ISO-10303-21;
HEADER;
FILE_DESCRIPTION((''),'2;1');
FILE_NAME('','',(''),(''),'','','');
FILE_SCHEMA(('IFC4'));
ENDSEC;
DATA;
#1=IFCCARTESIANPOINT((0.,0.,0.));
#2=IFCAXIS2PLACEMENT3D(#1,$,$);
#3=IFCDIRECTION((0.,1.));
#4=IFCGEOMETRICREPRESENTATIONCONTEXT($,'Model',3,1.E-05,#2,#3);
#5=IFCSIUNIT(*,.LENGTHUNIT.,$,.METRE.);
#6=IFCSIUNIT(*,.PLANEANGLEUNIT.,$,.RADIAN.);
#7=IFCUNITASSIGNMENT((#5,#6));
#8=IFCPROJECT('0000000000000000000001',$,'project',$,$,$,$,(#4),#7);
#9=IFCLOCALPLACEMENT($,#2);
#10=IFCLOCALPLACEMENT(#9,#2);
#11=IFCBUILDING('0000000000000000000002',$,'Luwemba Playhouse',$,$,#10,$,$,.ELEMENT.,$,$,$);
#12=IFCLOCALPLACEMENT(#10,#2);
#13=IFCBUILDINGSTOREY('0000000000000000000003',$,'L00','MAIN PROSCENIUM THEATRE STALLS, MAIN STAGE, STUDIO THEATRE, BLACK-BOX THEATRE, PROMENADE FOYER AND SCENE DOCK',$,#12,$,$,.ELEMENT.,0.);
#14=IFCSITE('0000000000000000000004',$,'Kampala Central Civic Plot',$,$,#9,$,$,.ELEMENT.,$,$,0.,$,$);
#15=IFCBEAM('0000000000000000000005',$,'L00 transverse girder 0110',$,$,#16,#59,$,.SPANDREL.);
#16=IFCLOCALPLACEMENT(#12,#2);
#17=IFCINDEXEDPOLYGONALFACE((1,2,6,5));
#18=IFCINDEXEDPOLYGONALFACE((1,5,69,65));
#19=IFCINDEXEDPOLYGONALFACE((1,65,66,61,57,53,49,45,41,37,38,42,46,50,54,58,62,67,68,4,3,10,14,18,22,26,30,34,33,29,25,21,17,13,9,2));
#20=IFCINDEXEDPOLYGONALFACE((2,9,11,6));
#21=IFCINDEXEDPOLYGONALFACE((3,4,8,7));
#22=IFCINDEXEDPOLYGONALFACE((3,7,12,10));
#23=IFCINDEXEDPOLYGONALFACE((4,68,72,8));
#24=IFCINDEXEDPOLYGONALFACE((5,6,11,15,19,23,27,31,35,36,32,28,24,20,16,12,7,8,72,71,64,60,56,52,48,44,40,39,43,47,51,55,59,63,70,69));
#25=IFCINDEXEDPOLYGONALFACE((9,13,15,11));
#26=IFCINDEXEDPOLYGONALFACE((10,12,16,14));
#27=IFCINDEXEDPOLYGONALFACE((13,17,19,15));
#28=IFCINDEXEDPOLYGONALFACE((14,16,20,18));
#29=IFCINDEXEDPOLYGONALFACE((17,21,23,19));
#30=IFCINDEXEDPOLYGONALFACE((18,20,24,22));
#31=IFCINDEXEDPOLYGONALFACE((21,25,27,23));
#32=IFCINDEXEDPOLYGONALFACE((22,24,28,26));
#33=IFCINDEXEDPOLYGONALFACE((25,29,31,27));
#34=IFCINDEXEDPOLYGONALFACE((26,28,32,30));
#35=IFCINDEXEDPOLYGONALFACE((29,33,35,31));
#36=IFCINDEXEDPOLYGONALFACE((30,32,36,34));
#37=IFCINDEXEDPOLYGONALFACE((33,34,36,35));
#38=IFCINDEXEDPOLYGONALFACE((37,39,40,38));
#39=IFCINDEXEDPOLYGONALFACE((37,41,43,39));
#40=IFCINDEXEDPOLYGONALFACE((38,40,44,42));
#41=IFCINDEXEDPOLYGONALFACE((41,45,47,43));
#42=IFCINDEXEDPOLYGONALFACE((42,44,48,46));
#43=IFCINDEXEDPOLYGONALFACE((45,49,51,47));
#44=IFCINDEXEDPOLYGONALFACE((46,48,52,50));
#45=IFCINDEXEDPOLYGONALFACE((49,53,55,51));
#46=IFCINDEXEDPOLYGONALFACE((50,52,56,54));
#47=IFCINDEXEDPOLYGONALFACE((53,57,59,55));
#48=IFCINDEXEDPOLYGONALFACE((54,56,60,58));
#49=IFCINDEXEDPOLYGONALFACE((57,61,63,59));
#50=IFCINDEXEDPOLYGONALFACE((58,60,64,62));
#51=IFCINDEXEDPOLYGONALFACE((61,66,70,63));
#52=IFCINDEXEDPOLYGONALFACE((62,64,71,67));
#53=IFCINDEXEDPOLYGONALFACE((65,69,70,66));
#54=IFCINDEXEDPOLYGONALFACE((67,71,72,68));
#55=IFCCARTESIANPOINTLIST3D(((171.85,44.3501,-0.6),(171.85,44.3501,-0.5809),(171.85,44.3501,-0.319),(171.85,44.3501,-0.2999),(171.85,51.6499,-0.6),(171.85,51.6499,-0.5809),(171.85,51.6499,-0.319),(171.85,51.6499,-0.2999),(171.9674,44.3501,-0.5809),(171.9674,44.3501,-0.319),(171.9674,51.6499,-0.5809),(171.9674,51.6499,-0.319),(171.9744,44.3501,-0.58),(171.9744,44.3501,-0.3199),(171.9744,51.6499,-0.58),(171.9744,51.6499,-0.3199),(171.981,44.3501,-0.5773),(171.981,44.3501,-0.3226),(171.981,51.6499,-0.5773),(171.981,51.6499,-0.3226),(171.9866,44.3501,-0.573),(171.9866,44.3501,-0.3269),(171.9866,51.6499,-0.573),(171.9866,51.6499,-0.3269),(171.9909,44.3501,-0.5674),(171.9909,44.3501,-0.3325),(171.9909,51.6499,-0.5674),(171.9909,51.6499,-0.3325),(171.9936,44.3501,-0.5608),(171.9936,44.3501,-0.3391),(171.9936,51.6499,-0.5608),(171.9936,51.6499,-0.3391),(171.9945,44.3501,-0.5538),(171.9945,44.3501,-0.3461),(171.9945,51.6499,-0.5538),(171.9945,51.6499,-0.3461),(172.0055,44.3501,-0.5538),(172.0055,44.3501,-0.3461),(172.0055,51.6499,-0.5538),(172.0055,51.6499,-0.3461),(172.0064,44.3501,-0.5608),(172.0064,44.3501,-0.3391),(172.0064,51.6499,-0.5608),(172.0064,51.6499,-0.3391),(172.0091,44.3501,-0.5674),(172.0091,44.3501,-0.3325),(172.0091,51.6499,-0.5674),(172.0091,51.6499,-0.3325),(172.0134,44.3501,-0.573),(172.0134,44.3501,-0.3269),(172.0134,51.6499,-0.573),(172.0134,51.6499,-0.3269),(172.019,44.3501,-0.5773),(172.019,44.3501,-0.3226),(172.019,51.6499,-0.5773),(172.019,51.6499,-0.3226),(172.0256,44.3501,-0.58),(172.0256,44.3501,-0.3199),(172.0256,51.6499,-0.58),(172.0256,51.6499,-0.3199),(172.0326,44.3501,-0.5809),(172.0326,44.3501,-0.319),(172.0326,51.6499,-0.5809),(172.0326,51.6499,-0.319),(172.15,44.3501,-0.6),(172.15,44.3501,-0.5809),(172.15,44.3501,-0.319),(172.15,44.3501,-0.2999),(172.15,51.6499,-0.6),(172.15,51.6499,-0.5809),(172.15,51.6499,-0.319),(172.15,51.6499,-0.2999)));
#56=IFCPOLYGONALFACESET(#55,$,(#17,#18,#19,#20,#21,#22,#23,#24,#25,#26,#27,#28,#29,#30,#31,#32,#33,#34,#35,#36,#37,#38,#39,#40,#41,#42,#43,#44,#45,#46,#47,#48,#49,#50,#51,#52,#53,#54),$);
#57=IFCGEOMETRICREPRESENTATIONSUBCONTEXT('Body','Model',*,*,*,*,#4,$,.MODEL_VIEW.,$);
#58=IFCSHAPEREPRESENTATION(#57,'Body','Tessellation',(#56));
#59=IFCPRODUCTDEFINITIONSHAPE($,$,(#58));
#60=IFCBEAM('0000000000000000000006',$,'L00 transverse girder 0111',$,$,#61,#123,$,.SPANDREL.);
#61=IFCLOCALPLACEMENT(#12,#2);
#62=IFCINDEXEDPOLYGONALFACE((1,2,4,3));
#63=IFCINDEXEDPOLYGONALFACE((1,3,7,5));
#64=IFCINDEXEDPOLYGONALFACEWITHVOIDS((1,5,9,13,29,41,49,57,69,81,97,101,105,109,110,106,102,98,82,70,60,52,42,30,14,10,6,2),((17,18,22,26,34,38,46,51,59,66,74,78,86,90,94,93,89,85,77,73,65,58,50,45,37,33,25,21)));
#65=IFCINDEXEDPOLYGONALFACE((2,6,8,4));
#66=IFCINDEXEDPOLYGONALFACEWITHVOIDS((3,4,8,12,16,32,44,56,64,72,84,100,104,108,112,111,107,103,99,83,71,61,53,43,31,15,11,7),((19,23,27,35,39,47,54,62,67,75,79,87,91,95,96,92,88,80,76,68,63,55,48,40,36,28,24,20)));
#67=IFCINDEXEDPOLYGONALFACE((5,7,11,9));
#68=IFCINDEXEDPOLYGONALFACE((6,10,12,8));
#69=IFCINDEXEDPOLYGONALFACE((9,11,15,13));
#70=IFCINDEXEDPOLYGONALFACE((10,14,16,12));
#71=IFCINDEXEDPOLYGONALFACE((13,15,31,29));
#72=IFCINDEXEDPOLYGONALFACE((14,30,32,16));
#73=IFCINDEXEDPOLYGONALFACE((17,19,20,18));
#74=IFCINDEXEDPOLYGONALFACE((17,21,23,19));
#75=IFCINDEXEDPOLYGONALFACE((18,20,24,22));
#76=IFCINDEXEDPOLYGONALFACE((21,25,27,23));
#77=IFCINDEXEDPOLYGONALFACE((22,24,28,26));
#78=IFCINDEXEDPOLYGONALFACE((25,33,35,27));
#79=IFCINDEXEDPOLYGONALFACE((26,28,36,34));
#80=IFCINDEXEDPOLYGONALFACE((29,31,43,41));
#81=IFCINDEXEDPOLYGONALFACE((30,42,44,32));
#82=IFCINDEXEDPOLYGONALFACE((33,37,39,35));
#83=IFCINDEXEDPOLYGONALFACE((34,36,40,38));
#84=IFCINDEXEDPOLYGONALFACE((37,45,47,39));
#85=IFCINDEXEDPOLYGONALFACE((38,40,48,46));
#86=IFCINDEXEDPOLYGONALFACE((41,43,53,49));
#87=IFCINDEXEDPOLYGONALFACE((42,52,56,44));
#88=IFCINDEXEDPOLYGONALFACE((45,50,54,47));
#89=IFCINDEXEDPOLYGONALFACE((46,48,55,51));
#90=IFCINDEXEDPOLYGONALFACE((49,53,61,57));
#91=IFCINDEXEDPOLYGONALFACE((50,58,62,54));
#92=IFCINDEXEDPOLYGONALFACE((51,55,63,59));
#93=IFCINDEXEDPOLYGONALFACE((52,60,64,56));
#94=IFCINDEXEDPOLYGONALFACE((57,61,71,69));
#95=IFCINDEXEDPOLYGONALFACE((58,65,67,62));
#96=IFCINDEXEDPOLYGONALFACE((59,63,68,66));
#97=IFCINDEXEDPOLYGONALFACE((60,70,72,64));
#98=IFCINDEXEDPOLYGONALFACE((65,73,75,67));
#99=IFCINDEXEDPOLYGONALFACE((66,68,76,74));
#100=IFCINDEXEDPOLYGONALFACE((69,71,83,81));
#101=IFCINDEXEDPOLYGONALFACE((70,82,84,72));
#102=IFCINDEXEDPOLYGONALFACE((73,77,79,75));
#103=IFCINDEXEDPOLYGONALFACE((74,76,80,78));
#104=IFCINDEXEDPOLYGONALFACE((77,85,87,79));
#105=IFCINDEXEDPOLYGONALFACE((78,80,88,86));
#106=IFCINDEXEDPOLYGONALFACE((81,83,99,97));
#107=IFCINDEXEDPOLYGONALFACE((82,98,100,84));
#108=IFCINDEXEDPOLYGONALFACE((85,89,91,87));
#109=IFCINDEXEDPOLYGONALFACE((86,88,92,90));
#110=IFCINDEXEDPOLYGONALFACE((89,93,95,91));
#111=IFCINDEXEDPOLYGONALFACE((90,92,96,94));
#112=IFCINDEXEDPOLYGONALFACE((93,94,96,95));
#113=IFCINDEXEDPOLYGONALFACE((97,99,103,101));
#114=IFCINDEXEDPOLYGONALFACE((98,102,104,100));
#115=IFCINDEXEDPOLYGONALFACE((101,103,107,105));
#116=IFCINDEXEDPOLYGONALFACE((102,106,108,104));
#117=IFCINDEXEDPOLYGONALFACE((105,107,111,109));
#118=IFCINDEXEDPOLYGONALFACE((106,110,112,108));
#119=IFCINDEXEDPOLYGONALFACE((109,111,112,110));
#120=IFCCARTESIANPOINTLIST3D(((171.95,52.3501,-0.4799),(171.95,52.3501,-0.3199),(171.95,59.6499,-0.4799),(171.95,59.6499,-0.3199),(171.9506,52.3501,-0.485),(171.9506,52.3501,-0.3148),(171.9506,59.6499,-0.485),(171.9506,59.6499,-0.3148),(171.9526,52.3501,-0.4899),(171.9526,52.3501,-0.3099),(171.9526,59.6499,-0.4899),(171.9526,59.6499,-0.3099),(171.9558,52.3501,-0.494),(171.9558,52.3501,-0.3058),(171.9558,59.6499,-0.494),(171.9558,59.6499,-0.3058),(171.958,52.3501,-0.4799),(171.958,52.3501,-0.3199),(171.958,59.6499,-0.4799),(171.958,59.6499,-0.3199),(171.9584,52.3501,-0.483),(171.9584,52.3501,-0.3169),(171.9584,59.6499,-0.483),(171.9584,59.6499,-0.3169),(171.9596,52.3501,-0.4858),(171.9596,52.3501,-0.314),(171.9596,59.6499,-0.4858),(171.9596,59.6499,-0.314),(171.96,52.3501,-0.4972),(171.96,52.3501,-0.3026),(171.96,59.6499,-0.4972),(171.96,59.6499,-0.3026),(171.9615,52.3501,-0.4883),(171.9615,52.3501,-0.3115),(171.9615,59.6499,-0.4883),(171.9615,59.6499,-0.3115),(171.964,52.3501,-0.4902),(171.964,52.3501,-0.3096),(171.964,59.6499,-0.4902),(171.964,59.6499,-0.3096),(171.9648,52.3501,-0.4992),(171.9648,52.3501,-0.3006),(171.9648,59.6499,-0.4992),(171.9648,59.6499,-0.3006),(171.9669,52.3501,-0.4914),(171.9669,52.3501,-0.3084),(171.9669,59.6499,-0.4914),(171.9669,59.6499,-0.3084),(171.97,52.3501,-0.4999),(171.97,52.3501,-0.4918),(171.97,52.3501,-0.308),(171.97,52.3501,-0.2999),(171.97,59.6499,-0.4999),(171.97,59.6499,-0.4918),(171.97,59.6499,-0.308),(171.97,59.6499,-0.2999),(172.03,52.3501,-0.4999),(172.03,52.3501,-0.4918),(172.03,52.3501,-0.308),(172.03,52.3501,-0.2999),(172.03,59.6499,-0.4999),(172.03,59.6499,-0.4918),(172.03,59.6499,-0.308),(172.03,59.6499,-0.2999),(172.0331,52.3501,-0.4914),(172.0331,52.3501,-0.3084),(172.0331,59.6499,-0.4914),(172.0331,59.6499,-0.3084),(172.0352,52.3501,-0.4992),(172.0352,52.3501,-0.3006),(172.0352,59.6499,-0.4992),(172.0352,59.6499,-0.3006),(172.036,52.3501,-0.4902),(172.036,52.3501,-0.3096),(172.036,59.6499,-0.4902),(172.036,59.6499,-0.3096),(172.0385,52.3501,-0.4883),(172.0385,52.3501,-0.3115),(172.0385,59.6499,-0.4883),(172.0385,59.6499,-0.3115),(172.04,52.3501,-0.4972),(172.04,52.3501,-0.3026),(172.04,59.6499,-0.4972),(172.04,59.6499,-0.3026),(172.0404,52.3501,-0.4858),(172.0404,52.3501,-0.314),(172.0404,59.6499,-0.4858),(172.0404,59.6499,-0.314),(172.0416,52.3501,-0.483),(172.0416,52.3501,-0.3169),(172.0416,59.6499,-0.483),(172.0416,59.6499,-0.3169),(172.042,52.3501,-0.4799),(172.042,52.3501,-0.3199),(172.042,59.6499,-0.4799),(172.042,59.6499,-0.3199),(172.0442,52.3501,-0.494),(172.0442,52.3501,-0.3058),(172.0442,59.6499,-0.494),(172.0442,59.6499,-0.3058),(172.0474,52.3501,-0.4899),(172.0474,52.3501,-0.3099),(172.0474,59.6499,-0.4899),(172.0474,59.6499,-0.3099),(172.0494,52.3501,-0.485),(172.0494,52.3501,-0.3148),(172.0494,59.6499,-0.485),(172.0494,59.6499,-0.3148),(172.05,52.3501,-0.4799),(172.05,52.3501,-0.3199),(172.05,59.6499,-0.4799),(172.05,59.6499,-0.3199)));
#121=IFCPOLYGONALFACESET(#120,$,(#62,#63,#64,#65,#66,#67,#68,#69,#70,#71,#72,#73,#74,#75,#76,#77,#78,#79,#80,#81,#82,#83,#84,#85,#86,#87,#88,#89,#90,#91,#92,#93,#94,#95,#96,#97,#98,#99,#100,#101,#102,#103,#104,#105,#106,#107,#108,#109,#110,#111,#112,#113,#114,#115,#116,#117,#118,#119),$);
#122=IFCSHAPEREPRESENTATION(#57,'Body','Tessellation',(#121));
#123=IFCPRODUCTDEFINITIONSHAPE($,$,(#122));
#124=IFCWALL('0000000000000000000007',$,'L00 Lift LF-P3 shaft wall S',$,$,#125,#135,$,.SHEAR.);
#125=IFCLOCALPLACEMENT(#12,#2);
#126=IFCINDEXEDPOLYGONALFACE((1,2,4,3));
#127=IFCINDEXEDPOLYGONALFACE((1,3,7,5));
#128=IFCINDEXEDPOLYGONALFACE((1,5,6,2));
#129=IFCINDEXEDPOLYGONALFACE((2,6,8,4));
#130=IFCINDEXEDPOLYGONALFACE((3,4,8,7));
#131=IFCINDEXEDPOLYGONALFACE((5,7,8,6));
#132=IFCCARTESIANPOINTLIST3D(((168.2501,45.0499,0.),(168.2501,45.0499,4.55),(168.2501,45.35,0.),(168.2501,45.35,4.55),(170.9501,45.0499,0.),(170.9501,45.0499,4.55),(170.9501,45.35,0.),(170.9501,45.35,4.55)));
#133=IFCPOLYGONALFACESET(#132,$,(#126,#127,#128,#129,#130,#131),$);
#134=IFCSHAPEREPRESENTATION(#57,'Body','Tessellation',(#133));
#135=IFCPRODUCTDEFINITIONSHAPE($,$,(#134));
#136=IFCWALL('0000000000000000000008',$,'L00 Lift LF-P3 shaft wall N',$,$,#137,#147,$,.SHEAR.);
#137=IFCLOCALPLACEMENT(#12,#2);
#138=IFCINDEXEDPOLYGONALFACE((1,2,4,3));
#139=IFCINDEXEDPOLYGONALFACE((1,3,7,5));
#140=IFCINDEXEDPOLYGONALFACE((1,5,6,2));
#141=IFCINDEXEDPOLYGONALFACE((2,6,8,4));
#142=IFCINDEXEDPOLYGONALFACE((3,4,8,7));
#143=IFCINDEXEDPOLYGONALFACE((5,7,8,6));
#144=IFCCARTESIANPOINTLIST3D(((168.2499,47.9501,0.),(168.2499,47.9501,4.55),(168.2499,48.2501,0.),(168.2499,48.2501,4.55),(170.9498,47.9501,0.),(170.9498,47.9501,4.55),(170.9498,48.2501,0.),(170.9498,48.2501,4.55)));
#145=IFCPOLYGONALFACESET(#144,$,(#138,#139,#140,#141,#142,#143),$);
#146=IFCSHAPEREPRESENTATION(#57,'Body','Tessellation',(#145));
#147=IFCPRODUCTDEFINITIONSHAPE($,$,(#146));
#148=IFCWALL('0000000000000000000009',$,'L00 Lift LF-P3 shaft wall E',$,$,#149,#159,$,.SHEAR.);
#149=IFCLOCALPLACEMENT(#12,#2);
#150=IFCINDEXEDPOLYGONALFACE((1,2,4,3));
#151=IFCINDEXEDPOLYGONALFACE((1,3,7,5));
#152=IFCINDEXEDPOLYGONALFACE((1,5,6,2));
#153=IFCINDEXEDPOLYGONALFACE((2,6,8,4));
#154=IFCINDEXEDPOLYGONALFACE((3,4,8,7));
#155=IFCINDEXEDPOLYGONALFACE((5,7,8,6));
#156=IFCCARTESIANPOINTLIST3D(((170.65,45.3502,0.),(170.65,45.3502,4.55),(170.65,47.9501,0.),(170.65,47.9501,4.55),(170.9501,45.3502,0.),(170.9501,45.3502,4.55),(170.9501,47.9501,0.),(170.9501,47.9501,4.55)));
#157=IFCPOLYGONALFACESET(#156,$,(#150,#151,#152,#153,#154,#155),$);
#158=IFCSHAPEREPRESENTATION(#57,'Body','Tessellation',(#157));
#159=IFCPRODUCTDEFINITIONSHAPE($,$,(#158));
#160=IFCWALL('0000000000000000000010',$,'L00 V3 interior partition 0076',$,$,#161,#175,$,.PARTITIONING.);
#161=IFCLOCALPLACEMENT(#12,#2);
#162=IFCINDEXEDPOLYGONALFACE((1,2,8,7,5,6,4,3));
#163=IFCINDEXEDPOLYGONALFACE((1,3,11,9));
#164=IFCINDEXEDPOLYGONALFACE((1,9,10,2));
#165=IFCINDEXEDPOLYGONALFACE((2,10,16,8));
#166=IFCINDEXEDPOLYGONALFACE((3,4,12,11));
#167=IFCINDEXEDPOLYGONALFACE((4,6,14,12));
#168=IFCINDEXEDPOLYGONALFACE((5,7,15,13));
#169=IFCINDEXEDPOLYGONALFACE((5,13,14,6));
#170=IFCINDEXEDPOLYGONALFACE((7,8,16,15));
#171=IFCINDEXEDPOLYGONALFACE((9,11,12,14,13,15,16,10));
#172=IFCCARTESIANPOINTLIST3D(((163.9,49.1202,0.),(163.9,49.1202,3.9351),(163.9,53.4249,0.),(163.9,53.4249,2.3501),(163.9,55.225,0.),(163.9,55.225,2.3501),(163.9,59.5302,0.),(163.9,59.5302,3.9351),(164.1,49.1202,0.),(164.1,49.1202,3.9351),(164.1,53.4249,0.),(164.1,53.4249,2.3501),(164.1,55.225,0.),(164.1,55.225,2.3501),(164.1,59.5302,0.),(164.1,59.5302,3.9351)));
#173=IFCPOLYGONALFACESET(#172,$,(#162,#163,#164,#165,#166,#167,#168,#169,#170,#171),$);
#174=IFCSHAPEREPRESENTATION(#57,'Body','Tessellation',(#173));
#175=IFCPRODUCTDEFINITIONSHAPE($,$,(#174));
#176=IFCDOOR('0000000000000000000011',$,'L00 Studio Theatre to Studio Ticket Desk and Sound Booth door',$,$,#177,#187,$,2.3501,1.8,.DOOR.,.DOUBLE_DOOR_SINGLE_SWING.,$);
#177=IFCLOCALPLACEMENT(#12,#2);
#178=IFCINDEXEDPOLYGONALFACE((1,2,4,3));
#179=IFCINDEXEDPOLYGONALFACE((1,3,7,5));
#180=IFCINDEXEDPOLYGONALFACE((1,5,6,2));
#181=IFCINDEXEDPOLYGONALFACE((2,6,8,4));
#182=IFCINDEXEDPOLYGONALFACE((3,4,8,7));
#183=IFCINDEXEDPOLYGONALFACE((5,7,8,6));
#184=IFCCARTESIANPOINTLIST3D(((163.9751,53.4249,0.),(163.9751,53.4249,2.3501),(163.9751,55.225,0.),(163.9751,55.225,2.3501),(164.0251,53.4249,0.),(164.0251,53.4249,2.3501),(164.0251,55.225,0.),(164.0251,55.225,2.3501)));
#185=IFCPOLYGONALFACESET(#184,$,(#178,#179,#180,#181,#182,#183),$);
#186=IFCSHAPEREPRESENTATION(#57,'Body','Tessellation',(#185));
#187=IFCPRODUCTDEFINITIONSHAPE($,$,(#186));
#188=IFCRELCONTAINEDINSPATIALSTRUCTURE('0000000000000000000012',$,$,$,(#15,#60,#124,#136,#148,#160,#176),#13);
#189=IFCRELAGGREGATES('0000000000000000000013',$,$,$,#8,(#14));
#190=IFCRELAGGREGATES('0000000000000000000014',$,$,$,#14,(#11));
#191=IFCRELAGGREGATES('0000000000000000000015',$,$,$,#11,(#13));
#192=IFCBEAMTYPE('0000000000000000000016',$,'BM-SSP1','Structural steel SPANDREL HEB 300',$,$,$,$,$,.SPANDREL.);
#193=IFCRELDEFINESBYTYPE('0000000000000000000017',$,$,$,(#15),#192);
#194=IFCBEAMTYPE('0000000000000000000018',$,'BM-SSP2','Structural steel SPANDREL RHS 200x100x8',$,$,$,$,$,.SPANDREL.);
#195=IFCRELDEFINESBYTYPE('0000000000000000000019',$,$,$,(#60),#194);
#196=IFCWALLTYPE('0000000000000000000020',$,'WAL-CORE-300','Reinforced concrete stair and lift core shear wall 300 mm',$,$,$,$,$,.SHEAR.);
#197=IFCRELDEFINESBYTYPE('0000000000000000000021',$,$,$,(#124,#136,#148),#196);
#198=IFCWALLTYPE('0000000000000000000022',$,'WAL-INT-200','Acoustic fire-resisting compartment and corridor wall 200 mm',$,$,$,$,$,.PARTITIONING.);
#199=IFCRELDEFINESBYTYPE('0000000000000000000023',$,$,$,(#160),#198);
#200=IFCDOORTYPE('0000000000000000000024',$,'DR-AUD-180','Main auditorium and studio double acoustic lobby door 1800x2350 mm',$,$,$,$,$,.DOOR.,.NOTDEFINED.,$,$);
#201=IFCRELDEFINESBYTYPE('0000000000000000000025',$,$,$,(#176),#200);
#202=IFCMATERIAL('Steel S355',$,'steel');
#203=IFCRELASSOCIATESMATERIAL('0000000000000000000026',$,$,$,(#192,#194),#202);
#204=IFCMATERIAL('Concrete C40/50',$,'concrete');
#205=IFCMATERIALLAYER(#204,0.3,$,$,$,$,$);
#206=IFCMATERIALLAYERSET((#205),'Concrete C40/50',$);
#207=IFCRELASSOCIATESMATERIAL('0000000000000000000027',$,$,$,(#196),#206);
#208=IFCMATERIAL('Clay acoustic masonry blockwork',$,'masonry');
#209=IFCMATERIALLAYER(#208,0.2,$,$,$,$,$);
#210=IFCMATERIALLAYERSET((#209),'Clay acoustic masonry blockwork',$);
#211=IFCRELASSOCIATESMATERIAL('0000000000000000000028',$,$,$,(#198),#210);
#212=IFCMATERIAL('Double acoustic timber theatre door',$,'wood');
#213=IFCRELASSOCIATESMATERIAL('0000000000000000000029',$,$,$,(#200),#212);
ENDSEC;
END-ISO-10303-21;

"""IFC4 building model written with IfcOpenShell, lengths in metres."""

from ifc_helpers import new_model, si_unit, direction, frame, frame_2d, origin, origin_2d, place, context, subcontext, project, spatial, rectangle, hollow_rectangle, i_section, extrude, material, layer, layer_set, material_profile, profile_set, type_object, element, fill, save


model = new_model("IFC4")

# Units and contexts
model_context = context("Model", 3, precision=1e-05, world=origin(), true_north=direction((0.0, 1.0)))
body_context = subcontext(model_context, "Body", "Model", "MODEL_VIEW")
ifc_project = project(units=[si_unit("LENGTHUNIT", "METRE"), si_unit("PLANEANGLEUNIT", "RADIAN")], contexts=[model_context])

# Site, building, storey
site_placement = place(None, origin())
site = spatial("IfcSite", under=ifc_project, at=site_placement, Name="Kampala Central Civic Plot", CompositionType="ELEMENT", RefElevation=0.0)
building_placement = place(site_placement, origin())
building = spatial("IfcBuilding", under=site, at=building_placement, Name="Luwemba Playhouse", CompositionType="ELEMENT")
storey_placement = place(building_placement, origin())
storey = spatial("IfcBuildingStorey", under=building, at=storey_placement, Name="L00", Description="MAIN PROSCENIUM THEATRE STALLS, MAIN STAGE, STUDIO THEATRE, BLACK-BOX THEATRE, PROMENADE FOYER AND SCENE DOCK", CompositionType="ELEMENT", Elevation=0.0)

# Shared definitions
ifc_material_1 = material(Name="Concrete C40/50", Category="concrete")

# Beams
ifc_material_2 = material(Name="Steel S355", Category="steel")
ifc_material_profile_1 = material_profile(ifc_material_2, i_section(OverallWidth=0.3, OverallDepth=0.3, WebThickness=0.011, FlangeThickness=0.019, FilletRadius=0.0271, at=origin_2d()))
ifc_profile_set_1 = profile_set([ifc_material_profile_1], Name="Steel S355")
beam_type_1 = type_object("IfcBeamType", Name="BM-SSP1", Description="Structural steel SPANDREL HEB 300", PredefinedType="SPANDREL", material=ifc_profile_set_1)
beam_1_placement = place(storey_placement, frame((172.0, 44.3501, -0.45), z_axis=(0.0, 1.0, 0.0), x_axis=(-1.0, 0.0, 0.0)))
element("IfcBeam", 1, at=beam_1_placement, inside=storey, type_object=beam_type_1, Name="L00 transverse girder 0110", PredefinedType="SPANDREL", context=body_context, shape_type="SweptSolid", body=[
    extrude(i_section(OverallWidth=0.3, OverallDepth=0.3, WebThickness=0.011, FlangeThickness=0.019, FilletRadius=0.0271, at=origin_2d()), origin(), (0.0, 0.0, 1.0), 7.2998),
])
ifc_material_profile_2 = material_profile(ifc_material_2, hollow_rectangle(XDim=0.1001, YDim=0.2, WallThickness=0.0081, InnerFilletRadius=0.012, OuterFilletRadius=0.02, at=origin_2d()))
ifc_profile_set_2 = profile_set([ifc_material_profile_2], Name="Steel S355")
beam_type_2 = type_object("IfcBeamType", Name="BM-SSP2", Description="Structural steel SPANDREL RHS 200x100x8", PredefinedType="SPANDREL", material=ifc_profile_set_2)
beam_2_placement = place(storey_placement, frame((172.0, 52.3501, -0.3999), z_axis=(0.0, 1.0, 0.0), x_axis=(-1.0, 0.0, 0.0)))
element("IfcBeam", 2, at=beam_2_placement, inside=storey, type_object=beam_type_2, Name="L00 transverse girder 0111", PredefinedType="SPANDREL", context=body_context, shape_type="SweptSolid", body=[
    extrude(hollow_rectangle(XDim=0.1001, YDim=0.2, WallThickness=0.0081, InnerFilletRadius=0.012, OuterFilletRadius=0.02, at=origin_2d()), origin(), (0.0, 0.0, 1.0), 7.2998),
])

# Walls
ifc_layer_1 = layer(ifc_material_1, 0.3)
ifc_layer_set_1 = layer_set([ifc_layer_1], Name="Concrete C40/50")
wall_type_1 = type_object("IfcWallType", Name="WAL-CORE-300", Description="Reinforced concrete stair and lift core shear wall 300 mm", PredefinedType="SHEAR", material=ifc_layer_set_1)
for number, where, z_axis, x_axis, name in (
    (3, (168.25, 45.2, 0.0), (0.0, 0.0, 1.0), (1.0, 0.0, 0.0), "L00 Lift LF-P3 shaft wall S"),
    (4, (170.95, 48.1001, 0.0), (0.0, 0.0, 1.0), (-1.0, 0.0, 0.0), "L00 Lift LF-P3 shaft wall N"),
):
    element("IfcWall", number, at=place(storey_placement, frame(where, z_axis=z_axis, x_axis=x_axis)), inside=storey, type_object=wall_type_1, Name=name, PredefinedType="SHEAR", context=body_context, shape_type="SweptSolid", body=[
        extrude(rectangle(XDim=2.7, YDim=0.3, at=frame_2d((1.3501, 0.0))), origin(), (0.0, 0.0, 1.0), 4.55),
    ])

# Wall
wall_1_placement = place(storey_placement, frame((170.8, 47.95, 0.0), z_axis=(0.0, 0.0, 1.0), x_axis=(0.0, -1.0, 0.0)))
element("IfcWall", 5, at=wall_1_placement, inside=storey, type_object=wall_type_1, Name="L00 Lift LF-P3 shaft wall E", PredefinedType="SHEAR", context=body_context, shape_type="SweptSolid", body=[
    extrude(rectangle(XDim=2.5999, YDim=0.3, at=frame_2d((1.2998, 0.0))), origin(), (0.0, 0.0, 1.0), 4.55),
])

# Wall, opening, door
ifc_material_3 = material(Name="Clay acoustic masonry blockwork", Category="masonry")
ifc_layer_2 = layer(ifc_material_3, 0.2)
ifc_layer_set_2 = layer_set([ifc_layer_2], Name="Clay acoustic masonry blockwork")
wall_type_2 = type_object("IfcWallType", Name="WAL-INT-200", Description="Acoustic fire-resisting compartment and corridor wall 200 mm", PredefinedType="PARTITIONING", material=ifc_layer_set_2)
wall_2_placement = place(storey_placement, frame((164.0, 49.1201, 0.0), z_axis=(0.0, 0.0, 1.0), x_axis=(0.0, 1.0, 0.0)))
wall_2 = element("IfcWall", 6, at=wall_2_placement, inside=storey, type_object=wall_type_2, Name="L00 V3 interior partition 0076", PredefinedType="PARTITIONING", context=body_context, shape_type="SweptSolid", body=[
    extrude(rectangle(XDim=10.4099, YDim=0.2, at=frame_2d((5.2051, 0.0))), origin(), (0.0, 0.0, 1.0), 3.9351),
])
opening_1_placement = place(wall_2_placement, frame((4.3049, 0.0, 0.0)))
opening_1 = element("IfcOpeningElement", 7, at=opening_1_placement, cuts=wall_2, PredefinedType="OPENING", context=body_context, shape_type="SweptSolid", body=[
    extrude(rectangle(XDim=1.8, YDim=2.3501, at=frame_2d((0.8999, 1.175))), frame((0.0, 0.1099, 0.0), z_axis=(0.0, -1.0, 0.0), x_axis=(1.0, 0.0, 0.0)), (0.0, 0.0, 1.0), 0.22),
])
ifc_material_4 = material(Name="Double acoustic timber theatre door", Category="wood")
door_type_1 = type_object("IfcDoorType", Name="DR-AUD-180", Description="Main auditorium and studio double acoustic lobby door 1800x2350 mm", OperationType="NOTDEFINED", PredefinedType="DOOR", material=ifc_material_4)
door_1_placement = place(opening_1_placement, origin())
door_1 = element("IfcDoor", 8, at=door_1_placement, inside=storey, type_object=door_type_1, Name="L00 Studio Theatre to Studio Ticket Desk and Sound Booth door", OperationType="DOUBLE_DOOR_SINGLE_SWING", OverallHeight=2.3501, OverallWidth=1.8, PredefinedType="DOOR", context=body_context, shape_type="SweptSolid", body=[
    extrude(rectangle(XDim=1.8, YDim=2.3501, at=frame_2d((0.8999, 1.175))), frame((0.0, 0.0249, 0.0), z_axis=(0.0, -1.0, 0.0), x_axis=(1.0, 0.0, 0.0)), (0.0, 0.0, 1.0), 0.05),
])
fill(opening_1, door_1)

save(model, "model.ifc")
